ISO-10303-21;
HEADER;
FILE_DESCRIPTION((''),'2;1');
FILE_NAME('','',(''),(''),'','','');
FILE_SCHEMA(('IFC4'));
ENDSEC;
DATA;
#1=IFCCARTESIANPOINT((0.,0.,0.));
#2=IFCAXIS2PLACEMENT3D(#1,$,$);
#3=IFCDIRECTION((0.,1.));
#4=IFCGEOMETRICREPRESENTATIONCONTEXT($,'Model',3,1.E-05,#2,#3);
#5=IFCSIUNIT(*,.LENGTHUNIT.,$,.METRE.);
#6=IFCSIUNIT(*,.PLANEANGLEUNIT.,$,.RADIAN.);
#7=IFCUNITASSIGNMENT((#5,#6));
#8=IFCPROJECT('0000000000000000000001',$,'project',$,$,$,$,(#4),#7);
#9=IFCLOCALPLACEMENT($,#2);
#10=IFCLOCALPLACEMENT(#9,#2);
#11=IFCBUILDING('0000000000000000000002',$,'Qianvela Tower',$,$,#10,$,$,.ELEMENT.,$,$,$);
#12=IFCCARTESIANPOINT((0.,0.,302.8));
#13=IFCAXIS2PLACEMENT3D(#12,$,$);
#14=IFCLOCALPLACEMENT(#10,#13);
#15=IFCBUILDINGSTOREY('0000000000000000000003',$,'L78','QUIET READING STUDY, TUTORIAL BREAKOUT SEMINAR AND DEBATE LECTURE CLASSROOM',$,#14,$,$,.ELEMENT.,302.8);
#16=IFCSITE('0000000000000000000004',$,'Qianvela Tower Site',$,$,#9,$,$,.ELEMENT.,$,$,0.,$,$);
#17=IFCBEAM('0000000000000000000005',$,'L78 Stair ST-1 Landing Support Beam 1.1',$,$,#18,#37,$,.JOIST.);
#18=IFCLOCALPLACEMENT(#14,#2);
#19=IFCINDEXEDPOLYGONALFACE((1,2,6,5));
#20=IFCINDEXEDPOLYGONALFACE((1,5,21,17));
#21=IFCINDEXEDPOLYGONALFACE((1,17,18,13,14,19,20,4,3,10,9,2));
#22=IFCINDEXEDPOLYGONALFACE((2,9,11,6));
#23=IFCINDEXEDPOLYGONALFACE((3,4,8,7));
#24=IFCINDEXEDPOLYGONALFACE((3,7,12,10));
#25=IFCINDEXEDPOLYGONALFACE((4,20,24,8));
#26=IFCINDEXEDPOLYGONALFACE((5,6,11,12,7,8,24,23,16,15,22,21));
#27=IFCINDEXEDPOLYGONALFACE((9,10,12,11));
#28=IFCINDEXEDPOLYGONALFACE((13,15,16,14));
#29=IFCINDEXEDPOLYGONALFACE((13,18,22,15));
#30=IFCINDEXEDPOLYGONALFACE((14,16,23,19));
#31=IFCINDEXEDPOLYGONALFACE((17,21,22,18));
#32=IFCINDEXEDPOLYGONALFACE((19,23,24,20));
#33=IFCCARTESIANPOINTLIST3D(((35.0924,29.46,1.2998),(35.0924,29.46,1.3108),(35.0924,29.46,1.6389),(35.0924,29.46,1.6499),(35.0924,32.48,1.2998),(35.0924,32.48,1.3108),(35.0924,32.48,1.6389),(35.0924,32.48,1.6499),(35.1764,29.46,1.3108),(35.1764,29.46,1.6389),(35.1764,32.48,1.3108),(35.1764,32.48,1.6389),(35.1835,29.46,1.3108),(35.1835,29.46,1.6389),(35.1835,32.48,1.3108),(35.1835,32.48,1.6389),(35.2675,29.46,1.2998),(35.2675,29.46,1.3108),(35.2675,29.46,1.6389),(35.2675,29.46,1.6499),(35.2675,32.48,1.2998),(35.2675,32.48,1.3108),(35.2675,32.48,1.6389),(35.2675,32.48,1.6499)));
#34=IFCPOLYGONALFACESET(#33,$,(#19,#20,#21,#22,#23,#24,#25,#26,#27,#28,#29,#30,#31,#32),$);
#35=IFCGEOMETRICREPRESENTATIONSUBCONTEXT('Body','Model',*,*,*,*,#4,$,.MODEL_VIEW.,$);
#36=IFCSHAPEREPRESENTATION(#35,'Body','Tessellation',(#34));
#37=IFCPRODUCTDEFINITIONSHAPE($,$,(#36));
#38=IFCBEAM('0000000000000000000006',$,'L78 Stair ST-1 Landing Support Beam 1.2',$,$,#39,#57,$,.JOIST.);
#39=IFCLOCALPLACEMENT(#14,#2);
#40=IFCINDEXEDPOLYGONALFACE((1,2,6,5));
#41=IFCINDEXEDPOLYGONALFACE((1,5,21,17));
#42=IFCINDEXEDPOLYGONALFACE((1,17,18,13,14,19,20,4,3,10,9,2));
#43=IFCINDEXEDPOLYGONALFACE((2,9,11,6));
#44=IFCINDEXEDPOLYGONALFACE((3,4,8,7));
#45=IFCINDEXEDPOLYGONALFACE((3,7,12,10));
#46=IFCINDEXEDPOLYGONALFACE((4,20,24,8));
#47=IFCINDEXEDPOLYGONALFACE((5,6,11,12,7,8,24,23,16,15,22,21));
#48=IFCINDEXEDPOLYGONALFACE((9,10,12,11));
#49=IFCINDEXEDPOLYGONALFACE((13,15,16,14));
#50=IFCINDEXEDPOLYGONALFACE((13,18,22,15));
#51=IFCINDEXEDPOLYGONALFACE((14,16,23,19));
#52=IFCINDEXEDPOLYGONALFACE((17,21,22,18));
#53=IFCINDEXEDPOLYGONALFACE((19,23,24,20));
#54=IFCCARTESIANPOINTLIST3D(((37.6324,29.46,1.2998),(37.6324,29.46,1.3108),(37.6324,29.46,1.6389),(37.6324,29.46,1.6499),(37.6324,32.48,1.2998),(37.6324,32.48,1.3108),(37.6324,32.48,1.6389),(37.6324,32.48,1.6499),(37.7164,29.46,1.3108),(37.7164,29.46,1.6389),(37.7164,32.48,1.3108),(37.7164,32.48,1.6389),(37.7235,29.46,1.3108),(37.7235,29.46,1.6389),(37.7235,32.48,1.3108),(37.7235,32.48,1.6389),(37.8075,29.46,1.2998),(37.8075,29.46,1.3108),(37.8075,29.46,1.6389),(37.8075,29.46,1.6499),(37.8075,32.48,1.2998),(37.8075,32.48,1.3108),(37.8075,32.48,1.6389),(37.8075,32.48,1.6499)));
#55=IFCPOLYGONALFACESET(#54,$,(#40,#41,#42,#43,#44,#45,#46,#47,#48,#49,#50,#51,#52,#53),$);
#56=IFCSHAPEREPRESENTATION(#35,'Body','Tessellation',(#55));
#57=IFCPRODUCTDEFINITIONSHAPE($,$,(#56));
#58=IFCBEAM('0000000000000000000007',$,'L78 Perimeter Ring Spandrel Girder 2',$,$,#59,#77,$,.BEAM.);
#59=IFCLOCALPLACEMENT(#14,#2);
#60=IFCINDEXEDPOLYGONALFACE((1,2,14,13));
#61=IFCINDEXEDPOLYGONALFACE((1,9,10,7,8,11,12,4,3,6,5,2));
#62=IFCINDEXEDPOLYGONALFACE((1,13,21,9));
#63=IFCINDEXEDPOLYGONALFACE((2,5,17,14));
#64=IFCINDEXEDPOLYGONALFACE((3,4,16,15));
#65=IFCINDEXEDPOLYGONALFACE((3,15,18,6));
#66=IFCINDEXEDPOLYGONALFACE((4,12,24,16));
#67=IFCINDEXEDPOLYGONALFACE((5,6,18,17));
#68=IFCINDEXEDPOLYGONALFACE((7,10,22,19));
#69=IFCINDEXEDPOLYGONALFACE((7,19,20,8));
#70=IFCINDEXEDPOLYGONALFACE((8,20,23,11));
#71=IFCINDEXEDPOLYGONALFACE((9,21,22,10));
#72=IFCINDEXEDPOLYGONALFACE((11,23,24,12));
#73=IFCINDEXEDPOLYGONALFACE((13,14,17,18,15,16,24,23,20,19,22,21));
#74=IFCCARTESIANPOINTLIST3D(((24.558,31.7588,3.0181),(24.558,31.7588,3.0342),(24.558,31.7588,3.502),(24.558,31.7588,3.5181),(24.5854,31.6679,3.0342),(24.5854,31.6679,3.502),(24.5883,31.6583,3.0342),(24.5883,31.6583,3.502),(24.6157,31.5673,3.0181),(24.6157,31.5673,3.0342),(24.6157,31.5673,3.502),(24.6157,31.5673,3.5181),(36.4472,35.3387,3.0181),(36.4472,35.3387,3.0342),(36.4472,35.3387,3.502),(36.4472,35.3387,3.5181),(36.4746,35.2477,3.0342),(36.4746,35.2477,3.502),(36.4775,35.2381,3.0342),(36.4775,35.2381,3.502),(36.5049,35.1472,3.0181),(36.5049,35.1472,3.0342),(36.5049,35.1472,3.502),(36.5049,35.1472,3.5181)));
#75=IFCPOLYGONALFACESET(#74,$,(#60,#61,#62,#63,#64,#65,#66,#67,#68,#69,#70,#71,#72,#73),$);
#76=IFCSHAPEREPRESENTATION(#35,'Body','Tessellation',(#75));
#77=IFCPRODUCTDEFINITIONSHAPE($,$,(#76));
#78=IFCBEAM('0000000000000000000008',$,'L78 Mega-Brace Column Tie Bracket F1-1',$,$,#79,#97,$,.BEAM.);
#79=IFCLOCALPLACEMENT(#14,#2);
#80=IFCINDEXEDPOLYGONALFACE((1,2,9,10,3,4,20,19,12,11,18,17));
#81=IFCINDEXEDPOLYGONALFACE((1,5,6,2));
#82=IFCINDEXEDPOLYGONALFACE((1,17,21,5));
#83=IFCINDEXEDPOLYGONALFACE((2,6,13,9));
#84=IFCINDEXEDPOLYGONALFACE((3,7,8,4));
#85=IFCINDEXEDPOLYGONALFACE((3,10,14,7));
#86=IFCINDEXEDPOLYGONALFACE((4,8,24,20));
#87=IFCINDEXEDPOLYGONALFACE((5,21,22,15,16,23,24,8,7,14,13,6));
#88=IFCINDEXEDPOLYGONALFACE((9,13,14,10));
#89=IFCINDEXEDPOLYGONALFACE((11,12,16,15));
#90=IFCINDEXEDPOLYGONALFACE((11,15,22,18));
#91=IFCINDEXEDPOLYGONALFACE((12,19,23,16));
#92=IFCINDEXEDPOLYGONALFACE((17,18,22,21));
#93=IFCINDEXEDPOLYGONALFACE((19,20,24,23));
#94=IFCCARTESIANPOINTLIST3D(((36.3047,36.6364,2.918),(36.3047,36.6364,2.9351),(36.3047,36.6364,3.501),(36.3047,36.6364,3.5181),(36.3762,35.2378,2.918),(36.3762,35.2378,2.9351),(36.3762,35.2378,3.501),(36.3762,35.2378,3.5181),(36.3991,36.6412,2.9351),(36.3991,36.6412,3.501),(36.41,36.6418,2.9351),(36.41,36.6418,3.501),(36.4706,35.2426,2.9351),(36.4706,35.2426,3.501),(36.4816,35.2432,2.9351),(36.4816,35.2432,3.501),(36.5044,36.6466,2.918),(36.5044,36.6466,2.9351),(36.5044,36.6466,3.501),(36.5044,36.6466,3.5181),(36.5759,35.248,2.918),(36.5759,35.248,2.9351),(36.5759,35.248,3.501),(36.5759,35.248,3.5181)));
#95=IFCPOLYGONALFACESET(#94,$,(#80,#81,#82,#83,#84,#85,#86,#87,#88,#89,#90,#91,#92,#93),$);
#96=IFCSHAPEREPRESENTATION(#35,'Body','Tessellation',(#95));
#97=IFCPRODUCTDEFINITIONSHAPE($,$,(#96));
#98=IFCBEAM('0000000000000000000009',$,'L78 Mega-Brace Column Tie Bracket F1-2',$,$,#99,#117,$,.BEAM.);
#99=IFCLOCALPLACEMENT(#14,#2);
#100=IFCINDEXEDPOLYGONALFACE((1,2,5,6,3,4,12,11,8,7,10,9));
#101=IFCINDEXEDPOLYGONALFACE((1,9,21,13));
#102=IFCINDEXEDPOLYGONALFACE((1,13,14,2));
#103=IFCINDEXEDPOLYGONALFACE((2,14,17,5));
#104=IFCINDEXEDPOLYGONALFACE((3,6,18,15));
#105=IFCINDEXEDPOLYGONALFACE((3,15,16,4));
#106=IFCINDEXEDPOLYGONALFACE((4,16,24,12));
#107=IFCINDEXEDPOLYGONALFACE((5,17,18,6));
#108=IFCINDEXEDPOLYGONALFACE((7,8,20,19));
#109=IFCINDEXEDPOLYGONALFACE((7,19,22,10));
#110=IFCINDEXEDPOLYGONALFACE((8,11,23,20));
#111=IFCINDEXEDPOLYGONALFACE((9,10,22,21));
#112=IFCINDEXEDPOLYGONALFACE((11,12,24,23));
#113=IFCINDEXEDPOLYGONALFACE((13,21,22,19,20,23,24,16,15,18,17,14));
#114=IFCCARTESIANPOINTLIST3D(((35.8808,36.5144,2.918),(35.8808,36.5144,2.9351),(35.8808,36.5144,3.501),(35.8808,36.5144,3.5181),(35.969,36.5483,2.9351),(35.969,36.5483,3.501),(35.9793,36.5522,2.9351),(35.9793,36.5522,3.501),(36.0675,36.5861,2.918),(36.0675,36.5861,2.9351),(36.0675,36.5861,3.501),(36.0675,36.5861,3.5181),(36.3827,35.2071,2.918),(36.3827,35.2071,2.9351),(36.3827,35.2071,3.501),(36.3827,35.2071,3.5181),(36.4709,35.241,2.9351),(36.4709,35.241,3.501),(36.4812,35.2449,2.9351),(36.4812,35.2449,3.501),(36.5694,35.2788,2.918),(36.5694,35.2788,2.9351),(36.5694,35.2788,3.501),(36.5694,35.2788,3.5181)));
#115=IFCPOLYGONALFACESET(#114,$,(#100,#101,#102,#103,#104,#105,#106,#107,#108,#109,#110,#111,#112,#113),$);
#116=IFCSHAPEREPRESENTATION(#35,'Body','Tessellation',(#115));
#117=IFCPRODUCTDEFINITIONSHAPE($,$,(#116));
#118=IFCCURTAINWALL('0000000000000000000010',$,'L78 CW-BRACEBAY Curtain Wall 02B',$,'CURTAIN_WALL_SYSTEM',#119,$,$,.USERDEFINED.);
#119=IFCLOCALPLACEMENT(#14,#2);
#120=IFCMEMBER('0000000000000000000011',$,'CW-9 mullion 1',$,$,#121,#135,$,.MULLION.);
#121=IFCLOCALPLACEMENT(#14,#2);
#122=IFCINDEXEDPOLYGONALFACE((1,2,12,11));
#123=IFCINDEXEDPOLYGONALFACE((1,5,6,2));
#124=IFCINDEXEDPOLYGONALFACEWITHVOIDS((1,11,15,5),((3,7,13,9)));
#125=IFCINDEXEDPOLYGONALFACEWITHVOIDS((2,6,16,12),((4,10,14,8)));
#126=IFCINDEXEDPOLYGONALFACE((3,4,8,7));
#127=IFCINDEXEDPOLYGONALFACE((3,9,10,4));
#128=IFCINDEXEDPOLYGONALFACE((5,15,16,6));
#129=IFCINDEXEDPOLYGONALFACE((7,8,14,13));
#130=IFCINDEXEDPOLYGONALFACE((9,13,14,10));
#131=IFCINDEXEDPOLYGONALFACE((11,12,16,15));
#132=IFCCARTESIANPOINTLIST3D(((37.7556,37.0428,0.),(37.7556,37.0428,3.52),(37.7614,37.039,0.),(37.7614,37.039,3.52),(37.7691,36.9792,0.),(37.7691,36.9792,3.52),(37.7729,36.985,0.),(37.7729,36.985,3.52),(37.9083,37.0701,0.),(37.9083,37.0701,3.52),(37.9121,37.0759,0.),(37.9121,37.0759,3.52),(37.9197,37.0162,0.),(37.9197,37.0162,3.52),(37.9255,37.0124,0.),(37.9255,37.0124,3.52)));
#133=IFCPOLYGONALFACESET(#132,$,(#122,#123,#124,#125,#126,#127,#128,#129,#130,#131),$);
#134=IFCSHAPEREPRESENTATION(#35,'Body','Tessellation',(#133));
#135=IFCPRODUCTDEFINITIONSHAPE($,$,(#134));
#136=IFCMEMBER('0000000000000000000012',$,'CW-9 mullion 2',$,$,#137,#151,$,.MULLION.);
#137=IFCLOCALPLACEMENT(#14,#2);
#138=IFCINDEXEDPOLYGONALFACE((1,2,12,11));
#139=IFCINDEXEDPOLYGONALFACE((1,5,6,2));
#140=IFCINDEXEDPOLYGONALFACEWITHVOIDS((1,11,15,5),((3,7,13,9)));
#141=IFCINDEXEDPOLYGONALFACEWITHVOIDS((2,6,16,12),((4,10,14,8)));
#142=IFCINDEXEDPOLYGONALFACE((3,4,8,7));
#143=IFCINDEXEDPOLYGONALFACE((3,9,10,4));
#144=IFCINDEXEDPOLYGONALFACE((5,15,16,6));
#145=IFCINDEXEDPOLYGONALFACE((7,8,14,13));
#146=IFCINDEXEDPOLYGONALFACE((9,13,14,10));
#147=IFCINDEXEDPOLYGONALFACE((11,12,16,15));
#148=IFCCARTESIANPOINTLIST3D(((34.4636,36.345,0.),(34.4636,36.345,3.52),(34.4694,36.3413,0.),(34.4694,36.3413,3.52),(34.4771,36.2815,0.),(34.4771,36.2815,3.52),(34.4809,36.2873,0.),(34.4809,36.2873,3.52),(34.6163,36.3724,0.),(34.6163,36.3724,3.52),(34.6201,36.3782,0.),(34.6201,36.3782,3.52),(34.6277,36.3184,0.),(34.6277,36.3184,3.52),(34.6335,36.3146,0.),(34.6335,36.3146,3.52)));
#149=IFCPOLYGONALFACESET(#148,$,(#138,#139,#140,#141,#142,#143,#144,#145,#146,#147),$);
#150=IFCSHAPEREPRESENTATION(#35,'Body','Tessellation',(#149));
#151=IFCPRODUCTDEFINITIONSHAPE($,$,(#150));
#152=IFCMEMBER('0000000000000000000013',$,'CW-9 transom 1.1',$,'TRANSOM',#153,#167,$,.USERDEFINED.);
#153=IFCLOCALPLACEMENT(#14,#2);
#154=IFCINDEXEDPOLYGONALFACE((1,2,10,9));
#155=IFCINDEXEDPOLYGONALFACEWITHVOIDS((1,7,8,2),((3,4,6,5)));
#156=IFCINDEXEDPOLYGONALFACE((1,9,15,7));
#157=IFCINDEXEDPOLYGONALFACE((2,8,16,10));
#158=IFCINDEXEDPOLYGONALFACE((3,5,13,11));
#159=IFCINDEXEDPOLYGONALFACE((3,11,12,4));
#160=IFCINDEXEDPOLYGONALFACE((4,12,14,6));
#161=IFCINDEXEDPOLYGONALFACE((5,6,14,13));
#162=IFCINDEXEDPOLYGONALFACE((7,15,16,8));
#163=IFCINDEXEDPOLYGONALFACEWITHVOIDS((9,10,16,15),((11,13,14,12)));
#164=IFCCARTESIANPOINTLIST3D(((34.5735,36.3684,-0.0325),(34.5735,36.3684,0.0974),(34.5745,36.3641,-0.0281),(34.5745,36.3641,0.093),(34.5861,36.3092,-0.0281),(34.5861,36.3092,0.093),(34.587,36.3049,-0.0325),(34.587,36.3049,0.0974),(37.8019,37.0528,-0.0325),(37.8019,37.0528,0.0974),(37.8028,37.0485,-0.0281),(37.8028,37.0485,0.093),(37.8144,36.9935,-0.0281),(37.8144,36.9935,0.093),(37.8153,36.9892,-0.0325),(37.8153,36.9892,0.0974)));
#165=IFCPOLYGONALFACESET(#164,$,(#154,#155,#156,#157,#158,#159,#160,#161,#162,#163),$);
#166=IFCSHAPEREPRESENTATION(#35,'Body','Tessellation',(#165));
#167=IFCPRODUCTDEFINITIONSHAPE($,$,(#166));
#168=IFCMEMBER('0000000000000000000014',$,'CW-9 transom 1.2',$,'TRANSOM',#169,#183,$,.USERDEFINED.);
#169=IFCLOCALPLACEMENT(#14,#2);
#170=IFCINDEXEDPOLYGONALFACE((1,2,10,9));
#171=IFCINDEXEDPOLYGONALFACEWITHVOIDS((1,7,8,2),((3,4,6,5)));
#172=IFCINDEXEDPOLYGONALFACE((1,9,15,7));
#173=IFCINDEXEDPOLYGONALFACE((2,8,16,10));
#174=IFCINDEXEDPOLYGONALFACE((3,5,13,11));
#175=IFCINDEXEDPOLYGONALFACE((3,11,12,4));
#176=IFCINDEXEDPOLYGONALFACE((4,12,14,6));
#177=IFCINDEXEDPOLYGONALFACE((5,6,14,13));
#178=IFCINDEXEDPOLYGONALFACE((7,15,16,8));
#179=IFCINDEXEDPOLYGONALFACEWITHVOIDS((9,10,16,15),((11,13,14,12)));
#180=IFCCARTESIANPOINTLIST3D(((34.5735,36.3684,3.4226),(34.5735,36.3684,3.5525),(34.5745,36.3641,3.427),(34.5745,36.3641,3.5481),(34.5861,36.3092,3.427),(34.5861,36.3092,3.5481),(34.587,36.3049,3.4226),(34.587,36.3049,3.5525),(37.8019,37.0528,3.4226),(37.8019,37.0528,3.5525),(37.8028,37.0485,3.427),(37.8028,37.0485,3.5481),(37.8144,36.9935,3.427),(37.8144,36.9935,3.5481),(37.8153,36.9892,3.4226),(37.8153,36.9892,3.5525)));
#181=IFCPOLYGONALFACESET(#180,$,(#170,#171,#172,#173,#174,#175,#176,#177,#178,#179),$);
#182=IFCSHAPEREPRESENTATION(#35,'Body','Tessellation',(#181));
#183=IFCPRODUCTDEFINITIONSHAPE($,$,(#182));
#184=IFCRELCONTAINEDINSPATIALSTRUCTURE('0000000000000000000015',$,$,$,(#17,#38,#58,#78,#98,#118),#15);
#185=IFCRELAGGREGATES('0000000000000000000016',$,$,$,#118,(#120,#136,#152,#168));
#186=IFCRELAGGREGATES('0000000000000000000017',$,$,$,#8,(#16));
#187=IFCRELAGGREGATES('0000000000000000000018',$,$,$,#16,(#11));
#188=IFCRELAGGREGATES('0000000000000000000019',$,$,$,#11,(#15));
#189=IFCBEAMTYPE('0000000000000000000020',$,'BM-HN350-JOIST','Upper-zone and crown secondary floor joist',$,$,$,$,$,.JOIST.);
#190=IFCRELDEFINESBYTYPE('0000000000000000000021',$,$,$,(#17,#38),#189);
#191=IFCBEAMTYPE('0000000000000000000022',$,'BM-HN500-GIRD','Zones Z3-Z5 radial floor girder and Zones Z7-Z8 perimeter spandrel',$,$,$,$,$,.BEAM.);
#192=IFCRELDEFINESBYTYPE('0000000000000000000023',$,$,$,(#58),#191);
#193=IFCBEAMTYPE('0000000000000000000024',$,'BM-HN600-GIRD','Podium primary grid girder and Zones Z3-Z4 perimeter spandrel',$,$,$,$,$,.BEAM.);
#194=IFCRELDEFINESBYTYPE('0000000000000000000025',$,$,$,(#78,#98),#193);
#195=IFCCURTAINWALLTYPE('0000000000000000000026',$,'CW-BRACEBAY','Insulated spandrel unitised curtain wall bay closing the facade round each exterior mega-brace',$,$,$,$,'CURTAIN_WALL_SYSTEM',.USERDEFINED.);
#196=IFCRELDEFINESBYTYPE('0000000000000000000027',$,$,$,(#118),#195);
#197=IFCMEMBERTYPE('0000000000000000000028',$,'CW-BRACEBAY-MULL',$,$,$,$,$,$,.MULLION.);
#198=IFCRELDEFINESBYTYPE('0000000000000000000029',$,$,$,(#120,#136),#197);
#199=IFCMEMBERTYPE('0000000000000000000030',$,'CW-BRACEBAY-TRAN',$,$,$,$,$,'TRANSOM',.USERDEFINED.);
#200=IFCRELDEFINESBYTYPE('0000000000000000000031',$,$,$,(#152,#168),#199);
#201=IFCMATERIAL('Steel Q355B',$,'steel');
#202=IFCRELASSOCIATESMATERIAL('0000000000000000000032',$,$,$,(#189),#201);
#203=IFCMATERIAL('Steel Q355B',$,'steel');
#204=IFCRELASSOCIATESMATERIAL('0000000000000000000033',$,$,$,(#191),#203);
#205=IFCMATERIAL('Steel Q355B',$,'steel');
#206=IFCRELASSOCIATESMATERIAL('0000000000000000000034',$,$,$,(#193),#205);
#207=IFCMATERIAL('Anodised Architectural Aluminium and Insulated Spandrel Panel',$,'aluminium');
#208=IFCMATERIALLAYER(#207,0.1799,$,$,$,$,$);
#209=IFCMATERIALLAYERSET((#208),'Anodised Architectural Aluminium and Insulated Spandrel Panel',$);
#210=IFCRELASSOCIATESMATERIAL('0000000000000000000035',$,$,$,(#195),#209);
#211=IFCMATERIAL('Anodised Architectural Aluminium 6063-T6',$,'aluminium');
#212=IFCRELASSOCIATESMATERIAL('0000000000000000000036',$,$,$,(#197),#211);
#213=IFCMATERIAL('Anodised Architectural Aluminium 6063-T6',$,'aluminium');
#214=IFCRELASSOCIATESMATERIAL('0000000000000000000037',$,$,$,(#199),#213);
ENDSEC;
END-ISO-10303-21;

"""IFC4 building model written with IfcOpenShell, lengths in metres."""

from ifc_helpers import new_model, si_unit, direction, frame, origin, origin_2d, place, context, subcontext, project, spatial, hollow_rectangle, i_section, extrude, material, layer, layer_set, material_profile, profile_set, type_object, element, aggregate, save


model = new_model("IFC4")

# Units and contexts
model_context = context("Model", 3, precision=1e-05, world=origin(), true_north=direction((0.0, 1.0)))
body_context = subcontext(model_context, "Body", "Model", "MODEL_VIEW")
ifc_project = project(units=[si_unit("LENGTHUNIT", "METRE"), si_unit("PLANEANGLEUNIT", "RADIAN")], contexts=[model_context])

# Site, building, storey
site_placement = place(None, origin())
site = spatial("IfcSite", under=ifc_project, at=site_placement, Name="Qianvela Tower Site", CompositionType="ELEMENT", RefElevation=0.0)
building_placement = place(site_placement, origin())
building = spatial("IfcBuilding", under=site, at=building_placement, Name="Qianvela Tower", CompositionType="ELEMENT")
storey_placement = place(building_placement, frame((0.0, 0.0, 302.8)))
storey = spatial("IfcBuildingStorey", under=building, at=storey_placement, Name="L78", Description="QUIET READING STUDY, TUTORIAL BREAKOUT SEMINAR AND DEBATE LECTURE CLASSROOM", CompositionType="ELEMENT", Elevation=302.8)

# Beams
ifc_material_1 = material(Name="Steel Q355B", Category="steel")
ifc_material_profile_1 = material_profile(ifc_material_1, i_section(OverallWidth=0.175, OverallDepth=0.3501, WebThickness=0.0071, FlangeThickness=0.011, at=origin_2d()), Name="HN350x175x7x11")
ifc_profile_set_1 = profile_set([ifc_material_profile_1], Name="Steel Q355B")
beam_type_1 = type_object("IfcBeamType", Name="BM-HN350-JOIST", Description="Upper-zone and crown secondary floor joist", PredefinedType="JOIST", material=ifc_profile_set_1)
for number, where, z_axis, x_axis, name in (
    (1, (35.1799, 29.46, 1.4749), (0.0, 1.0, 0.0), (-1.0, 0.0, 0.0), "L78 Stair ST-1 Landing Support Beam 1.1"),
    (2, (37.72, 29.46, 1.4749), (0.0, 1.0, 0.0), (-1.0, 0.0, 0.0), "L78 Stair ST-1 Landing Support Beam 1.2"),
):
    element("IfcBeam", number, at=place(storey_placement, frame(where, z_axis=z_axis, x_axis=x_axis)), inside=storey, type_object=beam_type_1, Name=name, PredefinedType="JOIST", context=body_context, shape_type="SweptSolid", body=[
        extrude(i_section(OverallWidth=0.175, OverallDepth=0.3501, WebThickness=0.0071, FlangeThickness=0.011, at=origin_2d()), origin(), (0.0, 0.0, 1.0), 3.02),
    ])
ifc_material_2 = material(Name="Steel Q355B", Category="steel")
ifc_material_profile_2 = material_profile(ifc_material_2, i_section(OverallWidth=0.2, OverallDepth=0.5, WebThickness=0.01, FlangeThickness=0.0161, at=origin_2d()), Name="HN500x200x10x16")
ifc_profile_set_2 = profile_set([ifc_material_profile_2], Name="Steel Q355B")
beam_type_2 = type_object("IfcBeamType", Name="BM-HN500-GIRD", Description="Zones Z3-Z5 radial floor girder and Zones Z7-Z8 perimeter spandrel", PredefinedType="BEAM", material=ifc_profile_set_2)
beam_1_placement = place(storey_placement, frame((36.4761, 35.2429, 3.2681), z_axis=(-0.957536, -0.288315, 0.0), x_axis=(0.288315, -0.957536, 0.0)))
element("IfcBeam", 3, at=beam_1_placement, inside=storey, type_object=beam_type_2, Name="L78 Perimeter Ring Spandrel Girder 2", PredefinedType="BEAM", context=body_context, shape_type="SweptSolid", body=[
    extrude(i_section(OverallWidth=0.2, OverallDepth=0.5, WebThickness=0.01, FlangeThickness=0.0161, at=origin_2d()), origin(), (0.0, 0.0, 1.0), 12.4165),
])
ifc_material_3 = material(Name="Steel Q355B", Category="steel")
ifc_material_profile_3 = material_profile(ifc_material_3, i_section(OverallWidth=0.2, OverallDepth=0.6001, WebThickness=0.011, FlangeThickness=0.0171, at=origin_2d()), Name="HN600x200x11x17")
ifc_profile_set_3 = profile_set([ifc_material_profile_3], Name="Steel Q355B")
beam_type_3 = type_object("IfcBeamType", Name="BM-HN600-GIRD", Description="Podium primary grid girder and Zones Z3-Z4 perimeter spandrel", PredefinedType="BEAM", material=ifc_profile_set_3)
for number, where, z_axis, x_axis, name in (
    (4, (36.4761, 35.2429, 3.218), (-0.051077, 0.998695, 0.0), (-0.998695, -0.051077, 0.0), "L78 Mega-Brace Column Tie Bracket F1-1"),
    (5, (36.4761, 35.2429, 3.218), (-0.35843, 0.933557, 0.0), (-0.933557, -0.35843, 0.0), "L78 Mega-Brace Column Tie Bracket F1-2"),
):
    element("IfcBeam", number, at=place(storey_placement, frame(where, z_axis=z_axis, x_axis=x_axis)), inside=storey, type_object=beam_type_3, Name=name, PredefinedType="BEAM", context=body_context, shape_type="SweptSolid", body=[
        extrude(i_section(OverallWidth=0.2, OverallDepth=0.6001, WebThickness=0.011, FlangeThickness=0.0171, at=origin_2d()), origin(), (0.0, 0.0, 1.0), 1.4004),
    ])

# Curtain wall, members
ifc_material_4 = material(Name="Anodised Architectural Aluminium and Insulated Spandrel Panel", Category="aluminium")
ifc_layer_1 = layer(ifc_material_4, 0.1799)
ifc_layer_set_1 = layer_set([ifc_layer_1], Name="Anodised Architectural Aluminium and Insulated Spandrel Panel")
curtain_wall_type_1 = type_object("IfcCurtainWallType", Name="CW-BRACEBAY", Description="Insulated spandrel unitised curtain wall bay closing the facade round each exterior mega-brace", ElementType="CURTAIN_WALL_SYSTEM", PredefinedType="USERDEFINED", material=ifc_layer_set_1)
curtain_wall_1_placement = place(storey_placement, origin())
curtain_wall_1 = element("IfcCurtainWall", 6, at=curtain_wall_1_placement, inside=storey, type_object=curtain_wall_type_1, Name="L78 CW-BRACEBAY Curtain Wall 02B", ObjectType="CURTAIN_WALL_SYSTEM", PredefinedType="USERDEFINED")
ifc_material_5 = material(Name="Anodised Architectural Aluminium 6063-T6", Category="aluminium")
ifc_material_profile_4 = material_profile(ifc_material_5, hollow_rectangle(XDim=0.0649, YDim=0.1599, WallThickness=0.0049, at=origin_2d()), Name="ALU-MULL-65x160")
ifc_profile_set_4 = profile_set([ifc_material_profile_4], Name="Anodised Architectural Aluminium 6063-T6")
member_type_1 = type_object("IfcMemberType", Name="CW-BRACEBAY-MULL", PredefinedType="MULLION", material=ifc_profile_set_4)
member_1_placement = place(storey_placement, frame((37.8406, 37.0276, 0.0), z_axis=(0.0, 0.0, 1.0), x_axis=(0.207344, -0.978268, 0.0)))
member_1 = element("IfcMember", 7, at=member_1_placement, type_object=member_type_1, Name="CW-9 mullion 1", PredefinedType="MULLION", context=body_context, shape_type="SweptSolid", body=[
    extrude(hollow_rectangle(XDim=0.0649, YDim=0.1599, WallThickness=0.0049, at=origin_2d()), origin(), (0.0, 0.0, 1.0), 3.52),
])
member_2_placement = place(storey_placement, frame((34.5486, 36.3298, 0.0), z_axis=(0.0, 0.0, 1.0), x_axis=(0.207344, -0.978268, 0.0)))
member_2 = element("IfcMember", 8, at=member_2_placement, type_object=member_type_1, Name="CW-9 mullion 2", PredefinedType="MULLION", context=body_context, shape_type="SweptSolid", body=[
    extrude(hollow_rectangle(XDim=0.0649, YDim=0.1599, WallThickness=0.0049, at=origin_2d()), origin(), (0.0, 0.0, 1.0), 3.52),
])
ifc_material_6 = material(Name="Anodised Architectural Aluminium 6063-T6", Category="aluminium")
ifc_material_profile_5 = material_profile(ifc_material_6, hollow_rectangle(XDim=0.0649, YDim=0.1299, WallThickness=0.0044, at=origin_2d()), Name="ALU-TRAN-65x130")
ifc_profile_set_5 = profile_set([ifc_material_profile_5], Name="Anodised Architectural Aluminium 6063-T6")
member_type_2 = type_object("IfcMemberType", Name="CW-BRACEBAY-TRAN", ElementType="TRANSOM", PredefinedType="USERDEFINED", material=ifc_profile_set_5)
member_3_placement = place(storey_placement, frame((37.8086, 37.021, 0.0325), z_axis=(-0.978262, -0.207371, 0.0), x_axis=(0.207371, -0.978262, 0.0)))
member_3 = element("IfcMember", 9, at=member_3_placement, type_object=member_type_2, Name="CW-9 transom 1.1", ObjectType="TRANSOM", PredefinedType="USERDEFINED", context=body_context, shape_type="SweptSolid", body=[
    extrude(hollow_rectangle(XDim=0.0649, YDim=0.1299, WallThickness=0.0044, at=origin_2d()), origin(), (0.0, 0.0, 1.0), 3.3),
])
member_4_placement = place(storey_placement, frame((37.8086, 37.021, 3.4875), z_axis=(-0.978262, -0.207371, 0.0), x_axis=(0.207371, -0.978262, 0.0)))
member_4 = element("IfcMember", 10, at=member_4_placement, type_object=member_type_2, Name="CW-9 transom 1.2", ObjectType="TRANSOM", PredefinedType="USERDEFINED", context=body_context, shape_type="SweptSolid", body=[
    extrude(hollow_rectangle(XDim=0.0649, YDim=0.1299, WallThickness=0.0044, at=origin_2d()), origin(), (0.0, 0.0, 1.0), 3.3),
])

aggregate(curtain_wall_1, [member_1, member_2, member_3, member_4])

save(model, "model.ifc")
